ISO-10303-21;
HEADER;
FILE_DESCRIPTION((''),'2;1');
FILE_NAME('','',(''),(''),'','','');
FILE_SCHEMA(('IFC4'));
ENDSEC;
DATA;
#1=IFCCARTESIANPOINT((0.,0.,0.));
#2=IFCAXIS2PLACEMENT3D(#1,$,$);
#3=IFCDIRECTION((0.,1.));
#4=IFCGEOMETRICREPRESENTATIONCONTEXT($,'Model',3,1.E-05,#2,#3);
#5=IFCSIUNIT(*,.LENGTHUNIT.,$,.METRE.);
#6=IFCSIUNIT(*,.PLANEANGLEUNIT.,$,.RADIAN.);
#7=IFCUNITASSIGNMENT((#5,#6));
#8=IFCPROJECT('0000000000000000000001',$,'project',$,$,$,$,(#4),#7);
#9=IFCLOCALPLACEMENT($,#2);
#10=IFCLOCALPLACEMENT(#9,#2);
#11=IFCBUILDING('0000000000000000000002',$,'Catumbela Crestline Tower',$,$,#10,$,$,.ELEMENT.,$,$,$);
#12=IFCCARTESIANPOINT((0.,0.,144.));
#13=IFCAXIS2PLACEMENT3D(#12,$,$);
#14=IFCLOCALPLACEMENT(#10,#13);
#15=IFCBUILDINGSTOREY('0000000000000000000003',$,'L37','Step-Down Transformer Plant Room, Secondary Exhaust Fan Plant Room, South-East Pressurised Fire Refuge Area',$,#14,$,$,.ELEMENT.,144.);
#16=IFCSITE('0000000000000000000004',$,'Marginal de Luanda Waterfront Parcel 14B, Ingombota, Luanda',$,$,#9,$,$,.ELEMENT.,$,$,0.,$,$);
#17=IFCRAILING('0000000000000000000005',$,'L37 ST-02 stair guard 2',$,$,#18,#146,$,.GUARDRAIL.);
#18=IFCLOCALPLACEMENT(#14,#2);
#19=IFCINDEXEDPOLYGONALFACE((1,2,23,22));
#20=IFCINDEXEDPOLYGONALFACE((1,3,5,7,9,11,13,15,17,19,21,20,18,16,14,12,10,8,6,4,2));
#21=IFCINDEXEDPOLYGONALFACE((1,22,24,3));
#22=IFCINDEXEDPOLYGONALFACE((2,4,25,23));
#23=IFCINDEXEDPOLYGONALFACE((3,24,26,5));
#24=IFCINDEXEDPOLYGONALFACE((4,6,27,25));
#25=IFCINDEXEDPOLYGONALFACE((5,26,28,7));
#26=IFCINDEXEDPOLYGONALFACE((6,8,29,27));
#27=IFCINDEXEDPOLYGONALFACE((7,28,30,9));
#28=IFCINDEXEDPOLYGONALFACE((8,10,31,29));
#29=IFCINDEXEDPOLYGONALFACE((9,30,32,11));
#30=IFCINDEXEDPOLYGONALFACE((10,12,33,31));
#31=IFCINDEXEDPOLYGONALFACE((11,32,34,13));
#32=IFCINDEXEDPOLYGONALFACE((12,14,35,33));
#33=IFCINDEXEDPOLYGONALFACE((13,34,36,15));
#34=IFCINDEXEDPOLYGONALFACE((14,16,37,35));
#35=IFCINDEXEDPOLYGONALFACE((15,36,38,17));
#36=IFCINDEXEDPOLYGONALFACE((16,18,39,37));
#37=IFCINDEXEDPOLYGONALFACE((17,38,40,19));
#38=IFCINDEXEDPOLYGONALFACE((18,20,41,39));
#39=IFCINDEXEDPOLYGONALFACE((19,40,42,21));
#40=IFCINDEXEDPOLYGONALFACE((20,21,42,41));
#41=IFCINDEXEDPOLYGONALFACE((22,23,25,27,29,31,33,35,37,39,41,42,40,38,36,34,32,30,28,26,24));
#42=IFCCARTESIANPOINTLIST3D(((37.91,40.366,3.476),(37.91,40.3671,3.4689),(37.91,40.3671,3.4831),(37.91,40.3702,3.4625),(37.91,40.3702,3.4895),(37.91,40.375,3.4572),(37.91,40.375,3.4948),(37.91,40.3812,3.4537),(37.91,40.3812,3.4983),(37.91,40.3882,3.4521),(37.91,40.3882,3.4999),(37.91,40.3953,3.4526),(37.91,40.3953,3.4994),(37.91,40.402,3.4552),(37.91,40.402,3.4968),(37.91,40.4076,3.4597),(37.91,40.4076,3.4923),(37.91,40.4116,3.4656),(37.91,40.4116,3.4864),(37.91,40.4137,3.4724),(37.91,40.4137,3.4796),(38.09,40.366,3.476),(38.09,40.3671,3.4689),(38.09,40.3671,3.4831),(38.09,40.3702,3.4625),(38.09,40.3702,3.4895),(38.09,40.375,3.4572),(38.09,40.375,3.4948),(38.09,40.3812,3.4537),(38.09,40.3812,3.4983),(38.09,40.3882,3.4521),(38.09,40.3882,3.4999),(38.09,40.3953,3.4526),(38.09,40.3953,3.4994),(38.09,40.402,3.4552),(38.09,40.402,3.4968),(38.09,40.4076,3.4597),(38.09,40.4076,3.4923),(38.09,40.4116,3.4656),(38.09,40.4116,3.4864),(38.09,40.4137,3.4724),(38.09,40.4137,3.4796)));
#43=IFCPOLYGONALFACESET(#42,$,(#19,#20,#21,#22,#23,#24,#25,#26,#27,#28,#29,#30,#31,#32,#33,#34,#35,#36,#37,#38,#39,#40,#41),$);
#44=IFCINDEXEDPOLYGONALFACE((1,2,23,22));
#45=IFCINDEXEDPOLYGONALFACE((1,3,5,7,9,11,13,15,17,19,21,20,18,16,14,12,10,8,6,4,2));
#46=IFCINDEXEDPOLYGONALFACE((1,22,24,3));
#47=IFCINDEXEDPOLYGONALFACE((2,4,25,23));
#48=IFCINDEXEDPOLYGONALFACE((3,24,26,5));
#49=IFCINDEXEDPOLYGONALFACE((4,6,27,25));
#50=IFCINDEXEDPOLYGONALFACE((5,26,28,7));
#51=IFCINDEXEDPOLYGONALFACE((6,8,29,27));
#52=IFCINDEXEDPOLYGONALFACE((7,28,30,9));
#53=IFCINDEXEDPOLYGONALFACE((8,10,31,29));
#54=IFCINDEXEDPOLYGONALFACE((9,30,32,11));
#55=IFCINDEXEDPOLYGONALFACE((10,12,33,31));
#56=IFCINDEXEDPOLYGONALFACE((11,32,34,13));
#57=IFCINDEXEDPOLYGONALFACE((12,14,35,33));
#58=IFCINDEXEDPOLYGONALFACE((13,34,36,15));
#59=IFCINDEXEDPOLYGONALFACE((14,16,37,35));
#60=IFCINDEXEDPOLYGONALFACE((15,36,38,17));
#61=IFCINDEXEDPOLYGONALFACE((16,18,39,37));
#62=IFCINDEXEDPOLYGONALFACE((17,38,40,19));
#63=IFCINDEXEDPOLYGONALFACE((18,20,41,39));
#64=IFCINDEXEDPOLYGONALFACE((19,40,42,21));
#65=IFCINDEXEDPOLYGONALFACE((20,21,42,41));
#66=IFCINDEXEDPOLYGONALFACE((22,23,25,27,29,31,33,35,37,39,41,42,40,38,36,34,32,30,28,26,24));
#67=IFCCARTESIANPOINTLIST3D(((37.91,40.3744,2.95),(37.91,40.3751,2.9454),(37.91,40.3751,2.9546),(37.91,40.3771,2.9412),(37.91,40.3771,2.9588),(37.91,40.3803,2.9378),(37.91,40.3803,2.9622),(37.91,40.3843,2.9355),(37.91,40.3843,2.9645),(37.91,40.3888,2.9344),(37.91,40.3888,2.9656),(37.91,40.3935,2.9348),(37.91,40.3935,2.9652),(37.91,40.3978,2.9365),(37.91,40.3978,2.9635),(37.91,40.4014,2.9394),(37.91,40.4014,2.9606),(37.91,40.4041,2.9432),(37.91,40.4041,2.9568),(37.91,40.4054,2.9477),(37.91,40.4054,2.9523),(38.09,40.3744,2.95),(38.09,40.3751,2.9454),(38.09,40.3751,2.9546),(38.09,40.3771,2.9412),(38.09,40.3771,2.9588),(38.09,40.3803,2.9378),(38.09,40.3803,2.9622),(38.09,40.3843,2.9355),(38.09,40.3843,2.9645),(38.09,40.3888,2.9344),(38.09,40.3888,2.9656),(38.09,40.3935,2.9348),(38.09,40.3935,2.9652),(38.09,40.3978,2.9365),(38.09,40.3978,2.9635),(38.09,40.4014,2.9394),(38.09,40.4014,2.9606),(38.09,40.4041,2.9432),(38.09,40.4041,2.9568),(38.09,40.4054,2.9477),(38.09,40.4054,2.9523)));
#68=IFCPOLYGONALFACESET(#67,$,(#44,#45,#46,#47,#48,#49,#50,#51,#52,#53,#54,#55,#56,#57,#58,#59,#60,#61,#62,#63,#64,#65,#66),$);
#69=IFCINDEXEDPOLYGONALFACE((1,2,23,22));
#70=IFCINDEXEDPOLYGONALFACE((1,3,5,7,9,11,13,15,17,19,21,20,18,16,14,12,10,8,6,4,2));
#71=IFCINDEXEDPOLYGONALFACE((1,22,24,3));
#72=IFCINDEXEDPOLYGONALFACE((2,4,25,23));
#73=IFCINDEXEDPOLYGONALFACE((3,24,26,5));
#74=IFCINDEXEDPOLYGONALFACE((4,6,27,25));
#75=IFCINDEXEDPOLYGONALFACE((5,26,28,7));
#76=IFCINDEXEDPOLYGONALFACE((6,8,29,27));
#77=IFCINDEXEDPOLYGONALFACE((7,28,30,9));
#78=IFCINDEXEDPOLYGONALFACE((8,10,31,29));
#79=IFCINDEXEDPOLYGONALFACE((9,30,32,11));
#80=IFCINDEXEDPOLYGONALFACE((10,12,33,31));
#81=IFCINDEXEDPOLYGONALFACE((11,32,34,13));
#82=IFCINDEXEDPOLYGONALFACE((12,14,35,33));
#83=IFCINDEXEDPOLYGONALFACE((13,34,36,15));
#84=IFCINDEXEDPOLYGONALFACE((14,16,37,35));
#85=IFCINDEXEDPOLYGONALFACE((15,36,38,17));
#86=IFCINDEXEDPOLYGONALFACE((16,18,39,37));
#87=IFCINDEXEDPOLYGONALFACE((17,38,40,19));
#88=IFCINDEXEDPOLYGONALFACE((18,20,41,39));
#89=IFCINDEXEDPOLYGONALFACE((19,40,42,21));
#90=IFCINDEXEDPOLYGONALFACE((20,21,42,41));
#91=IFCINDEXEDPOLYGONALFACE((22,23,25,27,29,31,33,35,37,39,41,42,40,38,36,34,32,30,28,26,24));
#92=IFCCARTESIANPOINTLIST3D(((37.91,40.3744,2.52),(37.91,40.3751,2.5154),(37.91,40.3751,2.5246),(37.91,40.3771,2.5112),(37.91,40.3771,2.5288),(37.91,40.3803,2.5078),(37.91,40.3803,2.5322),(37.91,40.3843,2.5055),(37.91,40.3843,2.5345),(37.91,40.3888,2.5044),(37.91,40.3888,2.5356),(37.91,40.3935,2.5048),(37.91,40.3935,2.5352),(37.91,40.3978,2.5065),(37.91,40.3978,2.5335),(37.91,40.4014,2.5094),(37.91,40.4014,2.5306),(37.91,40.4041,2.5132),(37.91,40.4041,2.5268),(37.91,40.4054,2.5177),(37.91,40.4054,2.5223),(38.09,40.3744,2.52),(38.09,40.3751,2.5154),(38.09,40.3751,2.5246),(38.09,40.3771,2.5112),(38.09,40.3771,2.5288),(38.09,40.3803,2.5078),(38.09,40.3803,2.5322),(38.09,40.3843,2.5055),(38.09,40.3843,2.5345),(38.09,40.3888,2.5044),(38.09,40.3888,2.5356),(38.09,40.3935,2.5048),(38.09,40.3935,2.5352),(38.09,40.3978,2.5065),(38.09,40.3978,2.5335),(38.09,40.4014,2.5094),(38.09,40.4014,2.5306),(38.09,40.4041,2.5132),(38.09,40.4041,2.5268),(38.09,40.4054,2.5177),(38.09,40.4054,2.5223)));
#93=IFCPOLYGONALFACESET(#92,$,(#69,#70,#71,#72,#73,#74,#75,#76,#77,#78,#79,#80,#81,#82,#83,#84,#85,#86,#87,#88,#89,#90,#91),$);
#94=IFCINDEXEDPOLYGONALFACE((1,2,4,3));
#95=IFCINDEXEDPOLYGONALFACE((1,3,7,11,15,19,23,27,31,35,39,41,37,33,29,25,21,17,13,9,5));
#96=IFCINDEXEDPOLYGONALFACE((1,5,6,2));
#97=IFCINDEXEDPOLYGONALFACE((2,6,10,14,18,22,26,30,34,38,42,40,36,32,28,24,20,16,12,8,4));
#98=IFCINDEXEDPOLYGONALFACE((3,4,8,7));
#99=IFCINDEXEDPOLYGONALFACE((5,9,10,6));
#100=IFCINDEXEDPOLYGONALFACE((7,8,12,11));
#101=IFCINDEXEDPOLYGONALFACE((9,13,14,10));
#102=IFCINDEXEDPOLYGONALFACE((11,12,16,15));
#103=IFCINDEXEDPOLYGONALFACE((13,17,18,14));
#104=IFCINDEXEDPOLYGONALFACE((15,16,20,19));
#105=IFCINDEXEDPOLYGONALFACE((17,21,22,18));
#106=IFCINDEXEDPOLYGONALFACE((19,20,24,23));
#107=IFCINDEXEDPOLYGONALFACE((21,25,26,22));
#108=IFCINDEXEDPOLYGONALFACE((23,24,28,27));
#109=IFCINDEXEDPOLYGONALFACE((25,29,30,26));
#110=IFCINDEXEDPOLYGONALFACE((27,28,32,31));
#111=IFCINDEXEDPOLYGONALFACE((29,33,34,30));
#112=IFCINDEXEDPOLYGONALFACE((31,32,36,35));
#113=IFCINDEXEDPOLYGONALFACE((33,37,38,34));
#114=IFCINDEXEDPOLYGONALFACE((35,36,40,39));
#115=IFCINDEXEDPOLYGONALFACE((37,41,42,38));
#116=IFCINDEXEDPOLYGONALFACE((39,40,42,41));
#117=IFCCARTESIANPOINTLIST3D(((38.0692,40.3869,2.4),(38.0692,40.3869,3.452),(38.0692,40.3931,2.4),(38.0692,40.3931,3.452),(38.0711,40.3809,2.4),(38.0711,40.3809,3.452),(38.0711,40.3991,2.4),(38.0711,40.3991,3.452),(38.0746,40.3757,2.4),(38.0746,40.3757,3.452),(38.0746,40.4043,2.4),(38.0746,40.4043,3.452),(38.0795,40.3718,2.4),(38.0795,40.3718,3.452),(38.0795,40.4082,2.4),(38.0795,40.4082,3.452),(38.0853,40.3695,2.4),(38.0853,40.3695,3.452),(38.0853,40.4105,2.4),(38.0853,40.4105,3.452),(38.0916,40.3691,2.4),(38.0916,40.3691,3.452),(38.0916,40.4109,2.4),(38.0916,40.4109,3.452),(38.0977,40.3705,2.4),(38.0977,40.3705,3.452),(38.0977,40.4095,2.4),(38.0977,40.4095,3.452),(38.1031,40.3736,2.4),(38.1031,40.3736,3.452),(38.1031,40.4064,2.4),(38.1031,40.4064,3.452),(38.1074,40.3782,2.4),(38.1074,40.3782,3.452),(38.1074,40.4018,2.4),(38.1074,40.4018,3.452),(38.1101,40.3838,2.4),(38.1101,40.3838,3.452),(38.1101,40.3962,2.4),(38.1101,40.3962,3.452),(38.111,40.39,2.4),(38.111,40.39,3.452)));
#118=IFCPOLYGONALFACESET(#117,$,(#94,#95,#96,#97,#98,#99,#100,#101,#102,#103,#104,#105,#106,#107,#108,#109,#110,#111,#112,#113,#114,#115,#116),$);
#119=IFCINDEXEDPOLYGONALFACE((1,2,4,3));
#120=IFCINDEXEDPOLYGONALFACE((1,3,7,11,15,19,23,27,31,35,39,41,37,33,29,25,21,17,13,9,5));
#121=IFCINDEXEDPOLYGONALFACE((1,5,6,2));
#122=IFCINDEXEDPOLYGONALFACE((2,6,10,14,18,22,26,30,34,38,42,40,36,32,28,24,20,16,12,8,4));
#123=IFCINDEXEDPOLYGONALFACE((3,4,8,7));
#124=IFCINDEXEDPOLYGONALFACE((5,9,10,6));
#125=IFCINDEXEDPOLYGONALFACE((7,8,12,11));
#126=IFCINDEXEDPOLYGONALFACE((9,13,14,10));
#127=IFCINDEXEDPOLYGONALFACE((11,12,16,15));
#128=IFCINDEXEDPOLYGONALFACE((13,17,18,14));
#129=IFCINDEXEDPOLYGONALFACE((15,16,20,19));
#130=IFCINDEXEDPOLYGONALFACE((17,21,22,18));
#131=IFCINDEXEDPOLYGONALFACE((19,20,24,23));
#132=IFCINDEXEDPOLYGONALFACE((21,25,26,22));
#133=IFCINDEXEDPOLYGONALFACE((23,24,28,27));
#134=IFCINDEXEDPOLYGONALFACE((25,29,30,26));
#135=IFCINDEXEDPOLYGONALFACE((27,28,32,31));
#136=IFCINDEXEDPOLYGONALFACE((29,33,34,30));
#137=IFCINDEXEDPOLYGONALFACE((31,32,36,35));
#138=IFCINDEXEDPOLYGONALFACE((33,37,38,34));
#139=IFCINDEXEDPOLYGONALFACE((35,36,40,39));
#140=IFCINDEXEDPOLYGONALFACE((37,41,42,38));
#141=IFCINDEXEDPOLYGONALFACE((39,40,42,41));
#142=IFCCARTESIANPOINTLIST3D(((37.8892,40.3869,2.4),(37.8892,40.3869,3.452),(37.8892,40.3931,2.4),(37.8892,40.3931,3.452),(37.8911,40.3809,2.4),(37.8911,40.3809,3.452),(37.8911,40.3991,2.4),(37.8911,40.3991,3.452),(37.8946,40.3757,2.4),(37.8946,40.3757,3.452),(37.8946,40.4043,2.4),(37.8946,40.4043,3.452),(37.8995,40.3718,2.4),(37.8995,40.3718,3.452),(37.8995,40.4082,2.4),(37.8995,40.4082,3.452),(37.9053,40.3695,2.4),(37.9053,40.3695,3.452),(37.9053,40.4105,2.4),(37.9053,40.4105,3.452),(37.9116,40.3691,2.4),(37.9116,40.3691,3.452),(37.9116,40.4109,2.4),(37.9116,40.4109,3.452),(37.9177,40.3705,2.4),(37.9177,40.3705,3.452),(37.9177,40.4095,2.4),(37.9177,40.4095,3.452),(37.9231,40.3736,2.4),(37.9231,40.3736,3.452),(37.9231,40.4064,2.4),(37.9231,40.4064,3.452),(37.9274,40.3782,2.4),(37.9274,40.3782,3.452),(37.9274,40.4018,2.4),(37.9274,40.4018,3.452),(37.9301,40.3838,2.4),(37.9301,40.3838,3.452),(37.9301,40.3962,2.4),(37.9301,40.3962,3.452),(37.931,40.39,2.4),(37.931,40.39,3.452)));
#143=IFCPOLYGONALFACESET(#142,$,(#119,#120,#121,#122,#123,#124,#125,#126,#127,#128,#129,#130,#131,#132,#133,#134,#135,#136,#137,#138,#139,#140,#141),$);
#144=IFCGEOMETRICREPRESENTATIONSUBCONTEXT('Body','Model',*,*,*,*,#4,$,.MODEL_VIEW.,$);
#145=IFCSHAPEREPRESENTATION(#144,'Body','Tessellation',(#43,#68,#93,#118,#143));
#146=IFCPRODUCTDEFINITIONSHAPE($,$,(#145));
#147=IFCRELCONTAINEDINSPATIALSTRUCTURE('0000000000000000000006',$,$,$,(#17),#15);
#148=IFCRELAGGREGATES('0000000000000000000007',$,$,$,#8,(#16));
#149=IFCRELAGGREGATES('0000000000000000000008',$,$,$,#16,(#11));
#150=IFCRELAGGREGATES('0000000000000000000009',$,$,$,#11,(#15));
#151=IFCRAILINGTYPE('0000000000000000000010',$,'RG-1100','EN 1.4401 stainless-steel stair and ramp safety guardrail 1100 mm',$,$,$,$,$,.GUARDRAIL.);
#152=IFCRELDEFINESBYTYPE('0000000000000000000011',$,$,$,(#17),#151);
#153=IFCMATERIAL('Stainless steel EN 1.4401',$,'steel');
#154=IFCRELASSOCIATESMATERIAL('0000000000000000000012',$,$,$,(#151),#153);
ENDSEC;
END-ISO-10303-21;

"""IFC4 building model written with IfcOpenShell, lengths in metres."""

from ifc_helpers import new_model, si_unit, direction, frame, origin, origin_2d, place, context, subcontext, project, spatial, circle, extrude, material, type_object, element, save


model = new_model("IFC4")

# Units and contexts
model_context = context("Model", 3, precision=1e-05, world=origin(), true_north=direction((0.0, 1.0)))
body_context = subcontext(model_context, "Body", "Model", "MODEL_VIEW")
ifc_project = project(units=[si_unit("LENGTHUNIT", "METRE"), si_unit("PLANEANGLEUNIT", "RADIAN")], contexts=[model_context])

# Site, building, storey
site_placement = place(None, origin())
site = spatial("IfcSite", under=ifc_project, at=site_placement, Name="Marginal de Luanda Waterfront Parcel 14B, Ingombota, Luanda", CompositionType="ELEMENT", RefElevation=0.0)
building_placement = place(site_placement, origin())
building = spatial("IfcBuilding", under=site, at=building_placement, Name="Catumbela Crestline Tower", CompositionType="ELEMENT")
storey_placement = place(building_placement, frame((0.0, 0.0, 144.0)))
storey = spatial("IfcBuildingStorey", under=building, at=storey_placement, Name="L37", Description="Step-Down Transformer Plant Room, Secondary Exhaust Fan Plant Room, South-East Pressurised Fire Refuge Area", CompositionType="ELEMENT", Elevation=144.0)

# Railing
ifc_material_1 = material(Name="Stainless steel EN 1.4401", Category="steel")
railing_type_1 = type_object("IfcRailingType", Name="RG-1100", Description="EN 1.4401 stainless-steel stair and ramp safety guardrail 1100 mm", PredefinedType="GUARDRAIL", material=ifc_material_1)
railing_1_placement = place(storey_placement, frame((38.09, 40.39, 2.4)))
element("IfcRailing", 1, at=railing_1_placement, inside=storey, type_object=railing_type_1, Name="L37 ST-02 stair guard 2", PredefinedType="GUARDRAIL", context=body_context, shape_type="SweptSolid", body=[
    extrude(circle(Radius=0.024, at=origin_2d()), frame((0.0, 0.0, 1.076), z_axis=(-1.0, 0.0, 0.0), x_axis=(0.0, -1.0, 0.0)), (0.0, 0.0, 1.0), 0.18),
    extrude(circle(Radius=0.0156, at=origin_2d()), frame((0.0, 0.0, 0.55), z_axis=(-1.0, 0.0, 0.0), x_axis=(0.0, -1.0, 0.0)), (0.0, 0.0, 1.0), 0.18),
    extrude(circle(Radius=0.0156, at=origin_2d()), frame((0.0, 0.0, 0.12), z_axis=(-1.0, 0.0, 0.0), x_axis=(0.0, -1.0, 0.0)), (0.0, 0.0, 1.0), 0.18),
    extrude(circle(Radius=0.021, at=origin_2d()), origin(), (0.0, 0.0, 1.0), 1.052),
    extrude(circle(Radius=0.021, at=origin_2d()), frame((-0.18, 0.0, 0.0)), (0.0, 0.0, 1.0), 1.052),
])

save(model, "model.ifc")
